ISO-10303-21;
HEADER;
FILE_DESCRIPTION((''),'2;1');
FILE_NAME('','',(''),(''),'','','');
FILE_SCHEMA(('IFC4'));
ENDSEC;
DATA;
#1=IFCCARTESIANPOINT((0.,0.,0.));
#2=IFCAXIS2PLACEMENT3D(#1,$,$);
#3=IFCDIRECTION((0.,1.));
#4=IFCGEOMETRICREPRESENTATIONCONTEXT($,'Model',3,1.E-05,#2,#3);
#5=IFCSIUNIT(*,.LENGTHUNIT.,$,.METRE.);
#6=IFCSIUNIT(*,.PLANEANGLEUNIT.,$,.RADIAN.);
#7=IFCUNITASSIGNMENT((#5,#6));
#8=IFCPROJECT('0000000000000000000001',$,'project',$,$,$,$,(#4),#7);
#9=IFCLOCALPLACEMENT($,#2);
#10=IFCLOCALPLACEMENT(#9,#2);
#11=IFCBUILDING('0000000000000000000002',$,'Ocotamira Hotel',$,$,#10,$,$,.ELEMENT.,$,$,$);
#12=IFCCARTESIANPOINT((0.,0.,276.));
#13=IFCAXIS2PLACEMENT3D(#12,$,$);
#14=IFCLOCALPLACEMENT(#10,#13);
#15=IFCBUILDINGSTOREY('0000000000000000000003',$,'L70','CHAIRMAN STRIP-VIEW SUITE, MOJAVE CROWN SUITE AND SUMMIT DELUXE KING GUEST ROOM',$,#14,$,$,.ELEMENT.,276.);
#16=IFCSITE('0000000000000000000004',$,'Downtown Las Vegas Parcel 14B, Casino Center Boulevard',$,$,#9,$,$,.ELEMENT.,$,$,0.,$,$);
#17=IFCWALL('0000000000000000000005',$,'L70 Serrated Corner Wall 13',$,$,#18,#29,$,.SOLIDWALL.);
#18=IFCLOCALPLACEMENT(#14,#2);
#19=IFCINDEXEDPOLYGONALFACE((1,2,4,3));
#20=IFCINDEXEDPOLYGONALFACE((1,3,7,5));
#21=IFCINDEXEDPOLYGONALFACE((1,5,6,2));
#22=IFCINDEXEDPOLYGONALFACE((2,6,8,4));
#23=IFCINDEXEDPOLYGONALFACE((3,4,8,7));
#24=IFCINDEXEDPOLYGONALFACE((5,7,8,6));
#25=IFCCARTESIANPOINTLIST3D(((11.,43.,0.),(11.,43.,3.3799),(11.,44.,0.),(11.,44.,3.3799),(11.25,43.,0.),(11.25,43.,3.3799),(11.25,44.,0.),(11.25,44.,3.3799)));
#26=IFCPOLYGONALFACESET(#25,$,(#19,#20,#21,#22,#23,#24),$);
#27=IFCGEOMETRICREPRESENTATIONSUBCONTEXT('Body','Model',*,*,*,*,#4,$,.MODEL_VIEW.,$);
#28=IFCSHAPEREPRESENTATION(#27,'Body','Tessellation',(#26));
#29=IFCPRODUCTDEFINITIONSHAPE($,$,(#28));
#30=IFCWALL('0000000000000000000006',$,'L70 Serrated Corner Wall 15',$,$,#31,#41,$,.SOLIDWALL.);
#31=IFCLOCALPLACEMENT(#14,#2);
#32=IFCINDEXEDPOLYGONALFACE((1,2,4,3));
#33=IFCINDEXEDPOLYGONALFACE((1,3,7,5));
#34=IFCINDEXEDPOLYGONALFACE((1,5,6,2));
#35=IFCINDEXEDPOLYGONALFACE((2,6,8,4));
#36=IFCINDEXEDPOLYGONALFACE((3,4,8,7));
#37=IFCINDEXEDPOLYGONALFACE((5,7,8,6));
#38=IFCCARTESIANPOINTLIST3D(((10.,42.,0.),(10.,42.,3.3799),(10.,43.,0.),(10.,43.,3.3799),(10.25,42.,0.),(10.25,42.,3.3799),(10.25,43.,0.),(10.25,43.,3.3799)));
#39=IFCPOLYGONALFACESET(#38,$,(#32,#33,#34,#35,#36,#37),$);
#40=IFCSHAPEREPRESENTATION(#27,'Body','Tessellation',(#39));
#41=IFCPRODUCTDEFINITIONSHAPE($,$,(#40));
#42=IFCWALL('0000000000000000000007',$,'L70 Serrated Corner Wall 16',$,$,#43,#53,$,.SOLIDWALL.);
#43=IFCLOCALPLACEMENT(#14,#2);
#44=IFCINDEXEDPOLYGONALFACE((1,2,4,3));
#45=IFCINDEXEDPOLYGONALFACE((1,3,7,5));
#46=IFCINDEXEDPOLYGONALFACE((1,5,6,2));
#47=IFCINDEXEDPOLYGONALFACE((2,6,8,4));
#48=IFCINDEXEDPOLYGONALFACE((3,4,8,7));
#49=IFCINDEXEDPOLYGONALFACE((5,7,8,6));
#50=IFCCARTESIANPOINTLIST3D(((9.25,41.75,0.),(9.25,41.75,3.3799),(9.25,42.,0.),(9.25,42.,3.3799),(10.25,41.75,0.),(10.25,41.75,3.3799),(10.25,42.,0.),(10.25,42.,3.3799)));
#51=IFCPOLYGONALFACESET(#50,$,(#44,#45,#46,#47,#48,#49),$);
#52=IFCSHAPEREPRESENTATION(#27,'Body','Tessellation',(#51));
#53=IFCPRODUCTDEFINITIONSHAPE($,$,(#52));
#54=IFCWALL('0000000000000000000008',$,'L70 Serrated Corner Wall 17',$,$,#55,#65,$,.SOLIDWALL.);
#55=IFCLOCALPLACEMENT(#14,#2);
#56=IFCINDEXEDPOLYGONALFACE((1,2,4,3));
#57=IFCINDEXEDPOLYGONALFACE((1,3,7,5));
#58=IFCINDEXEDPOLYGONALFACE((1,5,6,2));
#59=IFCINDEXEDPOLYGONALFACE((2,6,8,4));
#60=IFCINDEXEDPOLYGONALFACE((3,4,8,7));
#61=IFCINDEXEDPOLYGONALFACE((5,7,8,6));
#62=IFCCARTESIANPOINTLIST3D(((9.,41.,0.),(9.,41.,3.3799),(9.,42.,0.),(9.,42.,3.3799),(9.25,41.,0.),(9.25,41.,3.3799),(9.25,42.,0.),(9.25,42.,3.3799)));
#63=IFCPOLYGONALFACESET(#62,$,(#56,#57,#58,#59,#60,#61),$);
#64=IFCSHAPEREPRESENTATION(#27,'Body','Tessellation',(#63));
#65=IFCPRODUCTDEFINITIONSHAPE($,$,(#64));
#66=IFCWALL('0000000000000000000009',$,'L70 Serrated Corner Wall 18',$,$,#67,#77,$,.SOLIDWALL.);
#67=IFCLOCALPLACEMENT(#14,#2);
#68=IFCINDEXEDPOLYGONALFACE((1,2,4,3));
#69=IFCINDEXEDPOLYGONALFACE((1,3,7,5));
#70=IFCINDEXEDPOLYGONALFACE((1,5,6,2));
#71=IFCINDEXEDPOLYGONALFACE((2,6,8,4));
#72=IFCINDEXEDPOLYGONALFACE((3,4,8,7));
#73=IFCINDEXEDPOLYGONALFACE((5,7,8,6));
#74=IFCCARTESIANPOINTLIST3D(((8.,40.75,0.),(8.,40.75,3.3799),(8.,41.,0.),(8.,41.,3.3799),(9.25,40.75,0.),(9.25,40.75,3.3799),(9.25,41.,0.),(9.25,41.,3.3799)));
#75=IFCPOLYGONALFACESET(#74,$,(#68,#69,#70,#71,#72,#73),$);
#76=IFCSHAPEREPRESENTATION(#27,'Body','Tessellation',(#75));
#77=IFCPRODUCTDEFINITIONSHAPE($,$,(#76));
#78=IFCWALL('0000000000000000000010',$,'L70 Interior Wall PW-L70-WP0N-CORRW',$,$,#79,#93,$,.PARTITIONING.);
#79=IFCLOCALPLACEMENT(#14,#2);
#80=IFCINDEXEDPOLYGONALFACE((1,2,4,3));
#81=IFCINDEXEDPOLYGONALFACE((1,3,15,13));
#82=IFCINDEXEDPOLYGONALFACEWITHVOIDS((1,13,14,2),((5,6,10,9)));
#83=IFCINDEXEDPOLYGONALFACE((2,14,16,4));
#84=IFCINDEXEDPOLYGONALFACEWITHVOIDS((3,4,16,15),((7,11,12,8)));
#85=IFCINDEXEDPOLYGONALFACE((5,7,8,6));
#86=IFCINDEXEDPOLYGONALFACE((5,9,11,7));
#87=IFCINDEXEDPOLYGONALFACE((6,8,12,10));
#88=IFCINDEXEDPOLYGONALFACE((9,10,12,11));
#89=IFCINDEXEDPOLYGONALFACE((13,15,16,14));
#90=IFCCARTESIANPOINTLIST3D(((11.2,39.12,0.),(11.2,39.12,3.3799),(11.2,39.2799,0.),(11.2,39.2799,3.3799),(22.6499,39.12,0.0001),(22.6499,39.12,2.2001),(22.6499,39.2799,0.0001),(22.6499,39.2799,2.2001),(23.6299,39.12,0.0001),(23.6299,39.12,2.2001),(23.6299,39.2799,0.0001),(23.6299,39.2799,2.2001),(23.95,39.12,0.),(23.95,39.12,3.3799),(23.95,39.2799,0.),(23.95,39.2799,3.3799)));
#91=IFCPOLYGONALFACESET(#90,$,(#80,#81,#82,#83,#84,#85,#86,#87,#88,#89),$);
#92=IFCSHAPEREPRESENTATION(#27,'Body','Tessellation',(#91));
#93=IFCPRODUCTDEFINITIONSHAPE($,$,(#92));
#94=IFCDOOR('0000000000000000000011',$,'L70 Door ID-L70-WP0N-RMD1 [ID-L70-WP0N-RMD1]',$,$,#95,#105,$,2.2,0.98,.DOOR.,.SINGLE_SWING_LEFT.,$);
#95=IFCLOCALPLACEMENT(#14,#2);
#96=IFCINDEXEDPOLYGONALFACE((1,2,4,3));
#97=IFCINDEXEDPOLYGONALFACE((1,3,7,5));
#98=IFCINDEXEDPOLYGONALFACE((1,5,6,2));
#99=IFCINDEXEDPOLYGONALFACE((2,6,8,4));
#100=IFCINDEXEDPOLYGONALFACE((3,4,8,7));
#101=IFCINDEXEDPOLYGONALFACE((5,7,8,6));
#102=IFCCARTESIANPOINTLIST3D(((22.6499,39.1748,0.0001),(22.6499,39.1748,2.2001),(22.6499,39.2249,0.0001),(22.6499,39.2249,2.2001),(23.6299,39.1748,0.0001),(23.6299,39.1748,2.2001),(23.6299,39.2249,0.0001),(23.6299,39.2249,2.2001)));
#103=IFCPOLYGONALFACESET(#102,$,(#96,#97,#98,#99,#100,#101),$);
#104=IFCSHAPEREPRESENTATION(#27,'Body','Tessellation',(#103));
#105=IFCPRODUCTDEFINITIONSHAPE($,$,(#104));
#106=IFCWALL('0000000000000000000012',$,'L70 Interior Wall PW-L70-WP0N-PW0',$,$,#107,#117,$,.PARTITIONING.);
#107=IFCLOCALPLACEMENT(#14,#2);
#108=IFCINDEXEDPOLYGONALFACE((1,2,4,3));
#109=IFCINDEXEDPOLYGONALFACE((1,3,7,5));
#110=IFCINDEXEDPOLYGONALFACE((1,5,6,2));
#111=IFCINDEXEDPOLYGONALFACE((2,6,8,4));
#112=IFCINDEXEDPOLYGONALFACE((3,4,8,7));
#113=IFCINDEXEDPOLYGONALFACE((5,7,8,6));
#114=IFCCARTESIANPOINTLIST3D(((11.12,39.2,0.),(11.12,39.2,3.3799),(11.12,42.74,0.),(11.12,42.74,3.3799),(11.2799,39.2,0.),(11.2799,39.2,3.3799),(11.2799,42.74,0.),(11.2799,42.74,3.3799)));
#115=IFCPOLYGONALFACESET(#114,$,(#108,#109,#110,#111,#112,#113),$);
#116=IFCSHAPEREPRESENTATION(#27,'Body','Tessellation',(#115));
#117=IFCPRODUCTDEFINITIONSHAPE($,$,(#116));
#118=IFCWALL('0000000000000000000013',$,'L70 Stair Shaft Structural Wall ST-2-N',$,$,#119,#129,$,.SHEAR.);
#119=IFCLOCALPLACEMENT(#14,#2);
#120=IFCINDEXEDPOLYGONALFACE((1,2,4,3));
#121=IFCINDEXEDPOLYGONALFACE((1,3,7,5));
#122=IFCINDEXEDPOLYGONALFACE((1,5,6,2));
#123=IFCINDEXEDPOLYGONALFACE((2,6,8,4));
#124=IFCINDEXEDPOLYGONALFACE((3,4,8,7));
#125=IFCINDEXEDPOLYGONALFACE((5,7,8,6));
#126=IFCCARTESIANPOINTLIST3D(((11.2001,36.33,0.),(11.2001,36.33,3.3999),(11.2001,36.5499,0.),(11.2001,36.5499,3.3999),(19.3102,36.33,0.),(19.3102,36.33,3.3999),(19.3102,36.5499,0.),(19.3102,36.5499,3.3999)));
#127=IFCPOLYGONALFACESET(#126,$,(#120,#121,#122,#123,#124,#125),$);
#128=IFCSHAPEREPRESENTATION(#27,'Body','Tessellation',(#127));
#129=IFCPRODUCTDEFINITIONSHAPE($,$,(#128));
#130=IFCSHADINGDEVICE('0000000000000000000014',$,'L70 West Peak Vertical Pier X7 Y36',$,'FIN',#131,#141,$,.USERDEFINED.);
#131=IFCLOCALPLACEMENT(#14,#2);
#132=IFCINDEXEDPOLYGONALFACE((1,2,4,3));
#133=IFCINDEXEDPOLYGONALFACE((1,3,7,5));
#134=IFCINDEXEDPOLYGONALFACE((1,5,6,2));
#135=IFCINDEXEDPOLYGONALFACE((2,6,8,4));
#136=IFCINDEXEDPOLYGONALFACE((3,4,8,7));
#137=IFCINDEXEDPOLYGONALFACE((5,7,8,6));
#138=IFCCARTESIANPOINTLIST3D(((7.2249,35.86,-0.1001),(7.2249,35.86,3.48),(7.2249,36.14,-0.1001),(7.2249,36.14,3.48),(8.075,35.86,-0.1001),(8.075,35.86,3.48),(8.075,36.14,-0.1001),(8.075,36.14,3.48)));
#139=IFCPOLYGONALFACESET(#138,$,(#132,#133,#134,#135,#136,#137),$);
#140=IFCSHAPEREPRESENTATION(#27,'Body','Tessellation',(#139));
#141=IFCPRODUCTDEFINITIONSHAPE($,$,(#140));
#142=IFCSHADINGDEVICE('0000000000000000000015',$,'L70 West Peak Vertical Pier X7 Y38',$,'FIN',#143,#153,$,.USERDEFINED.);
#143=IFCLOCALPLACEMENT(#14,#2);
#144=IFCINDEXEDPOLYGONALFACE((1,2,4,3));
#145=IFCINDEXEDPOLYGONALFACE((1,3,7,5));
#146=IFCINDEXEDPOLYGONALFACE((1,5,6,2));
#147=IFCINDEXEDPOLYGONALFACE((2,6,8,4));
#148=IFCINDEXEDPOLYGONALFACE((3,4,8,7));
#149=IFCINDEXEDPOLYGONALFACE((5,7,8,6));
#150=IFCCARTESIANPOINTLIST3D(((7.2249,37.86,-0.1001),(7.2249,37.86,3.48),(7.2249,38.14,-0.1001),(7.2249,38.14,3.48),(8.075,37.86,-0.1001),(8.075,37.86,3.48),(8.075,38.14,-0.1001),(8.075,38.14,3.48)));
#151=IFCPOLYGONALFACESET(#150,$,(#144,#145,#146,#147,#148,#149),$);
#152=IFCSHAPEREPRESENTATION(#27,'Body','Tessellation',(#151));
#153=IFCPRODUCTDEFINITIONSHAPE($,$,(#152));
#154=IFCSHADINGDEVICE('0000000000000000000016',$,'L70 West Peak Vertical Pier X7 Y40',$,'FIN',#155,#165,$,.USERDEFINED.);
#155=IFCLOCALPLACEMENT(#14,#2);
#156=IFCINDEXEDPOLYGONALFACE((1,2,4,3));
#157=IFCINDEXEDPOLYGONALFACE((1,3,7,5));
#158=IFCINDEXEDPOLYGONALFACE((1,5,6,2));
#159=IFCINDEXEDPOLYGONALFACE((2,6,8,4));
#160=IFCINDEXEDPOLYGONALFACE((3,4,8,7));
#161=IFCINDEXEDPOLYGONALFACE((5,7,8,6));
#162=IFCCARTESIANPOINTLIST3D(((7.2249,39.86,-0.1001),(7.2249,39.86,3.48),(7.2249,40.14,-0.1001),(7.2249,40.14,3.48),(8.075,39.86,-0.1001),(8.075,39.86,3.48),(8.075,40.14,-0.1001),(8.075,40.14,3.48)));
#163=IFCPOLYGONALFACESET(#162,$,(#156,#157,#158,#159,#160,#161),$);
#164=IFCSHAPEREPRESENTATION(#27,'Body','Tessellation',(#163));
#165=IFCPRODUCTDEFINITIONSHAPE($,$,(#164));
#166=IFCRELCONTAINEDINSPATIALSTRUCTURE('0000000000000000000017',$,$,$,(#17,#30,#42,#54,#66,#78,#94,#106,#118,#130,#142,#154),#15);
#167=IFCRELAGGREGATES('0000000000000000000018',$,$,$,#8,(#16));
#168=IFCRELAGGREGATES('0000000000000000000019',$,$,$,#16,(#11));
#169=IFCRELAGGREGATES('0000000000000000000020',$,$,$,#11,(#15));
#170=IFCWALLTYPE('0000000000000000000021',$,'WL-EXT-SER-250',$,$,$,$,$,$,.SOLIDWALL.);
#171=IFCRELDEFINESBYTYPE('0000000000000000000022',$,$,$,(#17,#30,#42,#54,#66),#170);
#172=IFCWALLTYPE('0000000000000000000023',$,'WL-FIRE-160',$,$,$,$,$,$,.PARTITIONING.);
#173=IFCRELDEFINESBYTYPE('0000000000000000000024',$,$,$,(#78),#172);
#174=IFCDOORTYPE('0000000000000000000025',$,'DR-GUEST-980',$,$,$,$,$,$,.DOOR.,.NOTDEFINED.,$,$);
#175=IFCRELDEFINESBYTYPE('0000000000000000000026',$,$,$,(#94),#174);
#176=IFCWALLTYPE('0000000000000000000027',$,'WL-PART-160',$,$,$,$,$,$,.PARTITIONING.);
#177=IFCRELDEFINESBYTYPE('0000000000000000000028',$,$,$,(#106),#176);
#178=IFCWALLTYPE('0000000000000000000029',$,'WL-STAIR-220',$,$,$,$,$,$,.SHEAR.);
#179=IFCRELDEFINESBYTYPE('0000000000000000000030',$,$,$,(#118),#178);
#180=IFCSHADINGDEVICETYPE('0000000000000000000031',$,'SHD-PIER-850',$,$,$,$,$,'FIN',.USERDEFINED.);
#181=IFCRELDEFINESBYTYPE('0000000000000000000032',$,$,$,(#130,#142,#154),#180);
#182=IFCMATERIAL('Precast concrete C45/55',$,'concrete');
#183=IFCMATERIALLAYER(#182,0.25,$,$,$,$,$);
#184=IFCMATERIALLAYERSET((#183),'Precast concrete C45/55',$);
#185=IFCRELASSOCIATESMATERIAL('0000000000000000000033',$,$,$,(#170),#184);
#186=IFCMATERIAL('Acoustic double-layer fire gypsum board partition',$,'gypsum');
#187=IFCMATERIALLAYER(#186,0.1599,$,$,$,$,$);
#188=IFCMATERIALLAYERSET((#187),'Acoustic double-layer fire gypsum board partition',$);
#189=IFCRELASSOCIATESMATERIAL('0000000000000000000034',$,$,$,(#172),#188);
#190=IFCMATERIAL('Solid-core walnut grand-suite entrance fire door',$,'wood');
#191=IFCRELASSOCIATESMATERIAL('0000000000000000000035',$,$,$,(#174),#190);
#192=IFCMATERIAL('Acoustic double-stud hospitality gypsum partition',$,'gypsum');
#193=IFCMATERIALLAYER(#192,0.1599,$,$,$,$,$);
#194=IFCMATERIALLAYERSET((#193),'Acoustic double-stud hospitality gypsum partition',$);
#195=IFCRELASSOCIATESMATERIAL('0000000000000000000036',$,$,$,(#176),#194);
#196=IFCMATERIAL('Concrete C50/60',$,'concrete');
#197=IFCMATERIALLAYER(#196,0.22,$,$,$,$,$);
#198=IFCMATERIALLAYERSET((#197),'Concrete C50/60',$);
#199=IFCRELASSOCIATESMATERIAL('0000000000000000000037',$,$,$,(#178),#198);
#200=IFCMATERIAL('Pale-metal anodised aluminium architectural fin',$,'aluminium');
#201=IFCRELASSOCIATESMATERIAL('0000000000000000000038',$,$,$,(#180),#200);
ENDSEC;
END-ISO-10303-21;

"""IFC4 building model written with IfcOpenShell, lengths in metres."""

from ifc_helpers import new_model, si_unit, direction, frame, frame_2d, origin, origin_2d, place, context, subcontext, project, spatial, rectangle, extrude, source, transform, mapped, material, layer, layer_set, type_object, element, fill, save


model = new_model("IFC4")

# Units and contexts
model_context = context("Model", 3, precision=1e-05, world=origin(), true_north=direction((0.0, 1.0)))
body_context = subcontext(model_context, "Body", "Model", "MODEL_VIEW")
ifc_project = project(units=[si_unit("LENGTHUNIT", "METRE"), si_unit("PLANEANGLEUNIT", "RADIAN")], contexts=[model_context])

# Site, building, storey
site_placement = place(None, origin())
site = spatial("IfcSite", under=ifc_project, at=site_placement, Name="Downtown Las Vegas Parcel 14B, Casino Center Boulevard", CompositionType="ELEMENT", RefElevation=0.0)
building_placement = place(site_placement, origin())
building = spatial("IfcBuilding", under=site, at=building_placement, Name="Ocotamira Hotel", CompositionType="ELEMENT")
storey_placement = place(building_placement, frame((0.0, 0.0, 276.0)))
storey = spatial("IfcBuildingStorey", under=building, at=storey_placement, Name="L70", Description="CHAIRMAN STRIP-VIEW SUITE, MOJAVE CROWN SUITE AND SUMMIT DELUXE KING GUEST ROOM", CompositionType="ELEMENT", Elevation=276.0)

# Shared definitions
ifc_material_1 = material(Name="Concrete C50/60", Category="concrete")

# Walls
ifc_material_2 = material(Name="Precast concrete C45/55", Category="concrete")
ifc_layer_1 = layer(ifc_material_2, 0.25)
ifc_layer_set_1 = layer_set([ifc_layer_1], Name="Precast concrete C45/55")
wall_type_1 = type_object("IfcWallType", Name="WL-EXT-SER-250", PredefinedType="SOLIDWALL", material=ifc_layer_set_1)
for number, where, z_axis, x_axis, name in (
    (1, (11.125, 44.0, 0.0), (0.0, 0.0, 1.0), (0.0, -1.0, 0.0), "L70 Serrated Corner Wall 13"),
    (2, (10.125, 43.0, 0.0), (0.0, 0.0, 1.0), (0.0, -1.0, 0.0), "L70 Serrated Corner Wall 15"),
    (3, (10.25, 41.875, 0.0), (0.0, 0.0, 1.0), (-1.0, 0.0, 0.0), "L70 Serrated Corner Wall 16"),
    (4, (9.125, 42.0, 0.0), (0.0, 0.0, 1.0), (0.0, -1.0, 0.0), "L70 Serrated Corner Wall 17"),
):
    element("IfcWall", number, at=place(storey_placement, frame(where, z_axis=z_axis, x_axis=x_axis)), inside=storey, type_object=wall_type_1, Name=name, PredefinedType="SOLIDWALL", context=body_context, shape_type="SweptSolid", body=[
        extrude(rectangle(XDim=1.0, YDim=0.25, at=frame_2d((0.5, 0.0))), origin(), (0.0, 0.0, 1.0), 3.3799),
    ])
wall_1_placement = place(storey_placement, frame((9.25, 40.875, 0.0), z_axis=(0.0, 0.0, 1.0), x_axis=(-1.0, 0.0, 0.0)))
element("IfcWall", 5, at=wall_1_placement, inside=storey, type_object=wall_type_1, Name="L70 Serrated Corner Wall 18", PredefinedType="SOLIDWALL", context=body_context, shape_type="SweptSolid", body=[
    extrude(rectangle(XDim=1.25, YDim=0.25, at=frame_2d((0.625, 0.0))), origin(), (0.0, 0.0, 1.0), 3.3799),
])

# Wall, opening, door
ifc_material_3 = material(Name="Acoustic double-layer fire gypsum board partition", Category="gypsum")
ifc_layer_2 = layer(ifc_material_3, 0.1599)
ifc_layer_set_2 = layer_set([ifc_layer_2], Name="Acoustic double-layer fire gypsum board partition")
wall_type_2 = type_object("IfcWallType", Name="WL-FIRE-160", PredefinedType="PARTITIONING", material=ifc_layer_set_2)
wall_2_placement = place(storey_placement, frame((11.2, 39.2, 0.0), z_axis=(0.0, 0.0, 1.0), x_axis=(1.0, 0.0, 0.0)))
wall_2 = element("IfcWall", 6, at=wall_2_placement, inside=storey, type_object=wall_type_2, Name="L70 Interior Wall PW-L70-WP0N-CORRW", PredefinedType="PARTITIONING", context=body_context, shape_type="SweptSolid", body=[
    extrude(rectangle(XDim=12.75, YDim=0.1599, at=frame_2d((6.375, 0.0))), origin(), (0.0, 0.0, 1.0), 3.3799),
])
opening_1_placement = place(wall_2_placement, frame((11.45, 0.0, 0.0)))
opening_1 = element("IfcOpeningElement", 7, at=opening_1_placement, cuts=wall_2, PredefinedType="OPENING", context=body_context, shape_type="SweptSolid", body=[
    extrude(rectangle(XDim=0.98, YDim=2.2, at=frame_2d((0.49, 1.1001))), frame((0.0, 0.0898, 0.0), z_axis=(0.0, -1.0, 0.0), x_axis=(1.0, 0.0, 0.0)), (0.0, 0.0, 1.0), 0.1799),
])
ifc_material_4 = material(Name="Solid-core walnut grand-suite entrance fire door", Category="wood")
door_type_1 = type_object("IfcDoorType", Name="DR-GUEST-980", OperationType="NOTDEFINED", PredefinedType="DOOR", material=ifc_material_4)
shared_shape_1 = source(origin(), body_context, "Body", "SweptSolid", [
    extrude(rectangle(XDim=0.98, YDim=2.2, at=frame_2d((0.49, 1.1001))), frame((0.0, 0.0249, 0.0), z_axis=(0.0, -1.0, 0.0), x_axis=(1.0, 0.0, 0.0)), (0.0, 0.0, 1.0), 0.05),
])
door_1_placement = place(opening_1_placement, origin())
door_1 = element("IfcDoor", 8, at=door_1_placement, inside=storey, type_object=door_type_1, Name="L70 Door ID-L70-WP0N-RMD1 [ID-L70-WP0N-RMD1]", OperationType="SINGLE_SWING_LEFT", OverallHeight=2.2, OverallWidth=0.98, PredefinedType="DOOR", context=body_context, shape_type="MappedRepresentation", body=[
    mapped(shared_shape_1, transform((0.0, 0.0, 0.0), scale=1.0)),
])
fill(opening_1, door_1)

# Walls
ifc_material_5 = material(Name="Acoustic double-stud hospitality gypsum partition", Category="gypsum")
ifc_layer_3 = layer(ifc_material_5, 0.1599)
ifc_layer_set_3 = layer_set([ifc_layer_3], Name="Acoustic double-stud hospitality gypsum partition")
wall_type_3 = type_object("IfcWallType", Name="WL-PART-160", PredefinedType="PARTITIONING", material=ifc_layer_set_3)
wall_3_placement = place(storey_placement, frame((11.2, 39.2, 0.0), z_axis=(0.0, 0.0, 1.0), x_axis=(0.0, 1.0, 0.0)))
element("IfcWall", 9, at=wall_3_placement, inside=storey, type_object=wall_type_3, Name="L70 Interior Wall PW-L70-WP0N-PW0", PredefinedType="PARTITIONING", context=body_context, shape_type="SweptSolid", body=[
    extrude(rectangle(XDim=3.54, YDim=0.1599, at=frame_2d((1.77, 0.0))), origin(), (0.0, 0.0, 1.0), 3.3799),
])
ifc_layer_4 = layer(ifc_material_1, 0.22)
ifc_layer_set_4 = layer_set([ifc_layer_4], Name="Concrete C50/60")
wall_type_4 = type_object("IfcWallType", Name="WL-STAIR-220", PredefinedType="SHEAR", material=ifc_layer_set_4)
wall_4_placement = place(storey_placement, frame((11.2, 36.4399, 0.0), z_axis=(0.0, 0.0, 1.0), x_axis=(1.0, 0.0, 0.0)))
element("IfcWall", 10, at=wall_4_placement, inside=storey, type_object=wall_type_4, Name="L70 Stair Shaft Structural Wall ST-2-N", PredefinedType="SHEAR", context=body_context, shape_type="SweptSolid", body=[
    extrude(rectangle(XDim=8.1101, YDim=0.22, at=frame_2d((4.0552, 0.0))), origin(), (0.0, 0.0, 1.0), 3.3999),
])

# Shading devices
ifc_material_6 = material(Name="Pale-metal anodised aluminium architectural fin", Category="aluminium")
shading_device_type = type_object("IfcShadingDeviceType", Name="SHD-PIER-850", ElementType="FIN", PredefinedType="USERDEFINED", material=ifc_material_6)
shared_shape_2 = source(origin(), body_context, "Body", "SweptSolid", [
    extrude(rectangle(XDim=0.8501, YDim=0.28, at=origin_2d()), origin(), (0.0, 0.0, 1.0), 3.5801),
])
for number, where, z_axis, x_axis, name in (
    (11, (7.6499, 36.0, -0.1001), (0.0, 0.0, 1.0), (1.0, 0.0, 0.0), "L70 West Peak Vertical Pier X7 Y36"),
    (12, (7.6499, 38.0, -0.1001), (0.0, 0.0, 1.0), (1.0, 0.0, 0.0), "L70 West Peak Vertical Pier X7 Y38"),
    (13, (7.6499, 40.0, -0.1001), (0.0, 0.0, 1.0), (1.0, 0.0, 0.0), "L70 West Peak Vertical Pier X7 Y40"),
):
    element("IfcShadingDevice", number, at=place(storey_placement, frame(where, z_axis=z_axis, x_axis=x_axis)), inside=storey, type_object=shading_device_type, Name=name, ObjectType="FIN", PredefinedType="USERDEFINED", context=body_context, shape_type="MappedRepresentation", body=[
        mapped(shared_shape_2, transform((0.0, 0.0, 0.0), scale=1.0)),
    ])

save(model, "model.ifc")
